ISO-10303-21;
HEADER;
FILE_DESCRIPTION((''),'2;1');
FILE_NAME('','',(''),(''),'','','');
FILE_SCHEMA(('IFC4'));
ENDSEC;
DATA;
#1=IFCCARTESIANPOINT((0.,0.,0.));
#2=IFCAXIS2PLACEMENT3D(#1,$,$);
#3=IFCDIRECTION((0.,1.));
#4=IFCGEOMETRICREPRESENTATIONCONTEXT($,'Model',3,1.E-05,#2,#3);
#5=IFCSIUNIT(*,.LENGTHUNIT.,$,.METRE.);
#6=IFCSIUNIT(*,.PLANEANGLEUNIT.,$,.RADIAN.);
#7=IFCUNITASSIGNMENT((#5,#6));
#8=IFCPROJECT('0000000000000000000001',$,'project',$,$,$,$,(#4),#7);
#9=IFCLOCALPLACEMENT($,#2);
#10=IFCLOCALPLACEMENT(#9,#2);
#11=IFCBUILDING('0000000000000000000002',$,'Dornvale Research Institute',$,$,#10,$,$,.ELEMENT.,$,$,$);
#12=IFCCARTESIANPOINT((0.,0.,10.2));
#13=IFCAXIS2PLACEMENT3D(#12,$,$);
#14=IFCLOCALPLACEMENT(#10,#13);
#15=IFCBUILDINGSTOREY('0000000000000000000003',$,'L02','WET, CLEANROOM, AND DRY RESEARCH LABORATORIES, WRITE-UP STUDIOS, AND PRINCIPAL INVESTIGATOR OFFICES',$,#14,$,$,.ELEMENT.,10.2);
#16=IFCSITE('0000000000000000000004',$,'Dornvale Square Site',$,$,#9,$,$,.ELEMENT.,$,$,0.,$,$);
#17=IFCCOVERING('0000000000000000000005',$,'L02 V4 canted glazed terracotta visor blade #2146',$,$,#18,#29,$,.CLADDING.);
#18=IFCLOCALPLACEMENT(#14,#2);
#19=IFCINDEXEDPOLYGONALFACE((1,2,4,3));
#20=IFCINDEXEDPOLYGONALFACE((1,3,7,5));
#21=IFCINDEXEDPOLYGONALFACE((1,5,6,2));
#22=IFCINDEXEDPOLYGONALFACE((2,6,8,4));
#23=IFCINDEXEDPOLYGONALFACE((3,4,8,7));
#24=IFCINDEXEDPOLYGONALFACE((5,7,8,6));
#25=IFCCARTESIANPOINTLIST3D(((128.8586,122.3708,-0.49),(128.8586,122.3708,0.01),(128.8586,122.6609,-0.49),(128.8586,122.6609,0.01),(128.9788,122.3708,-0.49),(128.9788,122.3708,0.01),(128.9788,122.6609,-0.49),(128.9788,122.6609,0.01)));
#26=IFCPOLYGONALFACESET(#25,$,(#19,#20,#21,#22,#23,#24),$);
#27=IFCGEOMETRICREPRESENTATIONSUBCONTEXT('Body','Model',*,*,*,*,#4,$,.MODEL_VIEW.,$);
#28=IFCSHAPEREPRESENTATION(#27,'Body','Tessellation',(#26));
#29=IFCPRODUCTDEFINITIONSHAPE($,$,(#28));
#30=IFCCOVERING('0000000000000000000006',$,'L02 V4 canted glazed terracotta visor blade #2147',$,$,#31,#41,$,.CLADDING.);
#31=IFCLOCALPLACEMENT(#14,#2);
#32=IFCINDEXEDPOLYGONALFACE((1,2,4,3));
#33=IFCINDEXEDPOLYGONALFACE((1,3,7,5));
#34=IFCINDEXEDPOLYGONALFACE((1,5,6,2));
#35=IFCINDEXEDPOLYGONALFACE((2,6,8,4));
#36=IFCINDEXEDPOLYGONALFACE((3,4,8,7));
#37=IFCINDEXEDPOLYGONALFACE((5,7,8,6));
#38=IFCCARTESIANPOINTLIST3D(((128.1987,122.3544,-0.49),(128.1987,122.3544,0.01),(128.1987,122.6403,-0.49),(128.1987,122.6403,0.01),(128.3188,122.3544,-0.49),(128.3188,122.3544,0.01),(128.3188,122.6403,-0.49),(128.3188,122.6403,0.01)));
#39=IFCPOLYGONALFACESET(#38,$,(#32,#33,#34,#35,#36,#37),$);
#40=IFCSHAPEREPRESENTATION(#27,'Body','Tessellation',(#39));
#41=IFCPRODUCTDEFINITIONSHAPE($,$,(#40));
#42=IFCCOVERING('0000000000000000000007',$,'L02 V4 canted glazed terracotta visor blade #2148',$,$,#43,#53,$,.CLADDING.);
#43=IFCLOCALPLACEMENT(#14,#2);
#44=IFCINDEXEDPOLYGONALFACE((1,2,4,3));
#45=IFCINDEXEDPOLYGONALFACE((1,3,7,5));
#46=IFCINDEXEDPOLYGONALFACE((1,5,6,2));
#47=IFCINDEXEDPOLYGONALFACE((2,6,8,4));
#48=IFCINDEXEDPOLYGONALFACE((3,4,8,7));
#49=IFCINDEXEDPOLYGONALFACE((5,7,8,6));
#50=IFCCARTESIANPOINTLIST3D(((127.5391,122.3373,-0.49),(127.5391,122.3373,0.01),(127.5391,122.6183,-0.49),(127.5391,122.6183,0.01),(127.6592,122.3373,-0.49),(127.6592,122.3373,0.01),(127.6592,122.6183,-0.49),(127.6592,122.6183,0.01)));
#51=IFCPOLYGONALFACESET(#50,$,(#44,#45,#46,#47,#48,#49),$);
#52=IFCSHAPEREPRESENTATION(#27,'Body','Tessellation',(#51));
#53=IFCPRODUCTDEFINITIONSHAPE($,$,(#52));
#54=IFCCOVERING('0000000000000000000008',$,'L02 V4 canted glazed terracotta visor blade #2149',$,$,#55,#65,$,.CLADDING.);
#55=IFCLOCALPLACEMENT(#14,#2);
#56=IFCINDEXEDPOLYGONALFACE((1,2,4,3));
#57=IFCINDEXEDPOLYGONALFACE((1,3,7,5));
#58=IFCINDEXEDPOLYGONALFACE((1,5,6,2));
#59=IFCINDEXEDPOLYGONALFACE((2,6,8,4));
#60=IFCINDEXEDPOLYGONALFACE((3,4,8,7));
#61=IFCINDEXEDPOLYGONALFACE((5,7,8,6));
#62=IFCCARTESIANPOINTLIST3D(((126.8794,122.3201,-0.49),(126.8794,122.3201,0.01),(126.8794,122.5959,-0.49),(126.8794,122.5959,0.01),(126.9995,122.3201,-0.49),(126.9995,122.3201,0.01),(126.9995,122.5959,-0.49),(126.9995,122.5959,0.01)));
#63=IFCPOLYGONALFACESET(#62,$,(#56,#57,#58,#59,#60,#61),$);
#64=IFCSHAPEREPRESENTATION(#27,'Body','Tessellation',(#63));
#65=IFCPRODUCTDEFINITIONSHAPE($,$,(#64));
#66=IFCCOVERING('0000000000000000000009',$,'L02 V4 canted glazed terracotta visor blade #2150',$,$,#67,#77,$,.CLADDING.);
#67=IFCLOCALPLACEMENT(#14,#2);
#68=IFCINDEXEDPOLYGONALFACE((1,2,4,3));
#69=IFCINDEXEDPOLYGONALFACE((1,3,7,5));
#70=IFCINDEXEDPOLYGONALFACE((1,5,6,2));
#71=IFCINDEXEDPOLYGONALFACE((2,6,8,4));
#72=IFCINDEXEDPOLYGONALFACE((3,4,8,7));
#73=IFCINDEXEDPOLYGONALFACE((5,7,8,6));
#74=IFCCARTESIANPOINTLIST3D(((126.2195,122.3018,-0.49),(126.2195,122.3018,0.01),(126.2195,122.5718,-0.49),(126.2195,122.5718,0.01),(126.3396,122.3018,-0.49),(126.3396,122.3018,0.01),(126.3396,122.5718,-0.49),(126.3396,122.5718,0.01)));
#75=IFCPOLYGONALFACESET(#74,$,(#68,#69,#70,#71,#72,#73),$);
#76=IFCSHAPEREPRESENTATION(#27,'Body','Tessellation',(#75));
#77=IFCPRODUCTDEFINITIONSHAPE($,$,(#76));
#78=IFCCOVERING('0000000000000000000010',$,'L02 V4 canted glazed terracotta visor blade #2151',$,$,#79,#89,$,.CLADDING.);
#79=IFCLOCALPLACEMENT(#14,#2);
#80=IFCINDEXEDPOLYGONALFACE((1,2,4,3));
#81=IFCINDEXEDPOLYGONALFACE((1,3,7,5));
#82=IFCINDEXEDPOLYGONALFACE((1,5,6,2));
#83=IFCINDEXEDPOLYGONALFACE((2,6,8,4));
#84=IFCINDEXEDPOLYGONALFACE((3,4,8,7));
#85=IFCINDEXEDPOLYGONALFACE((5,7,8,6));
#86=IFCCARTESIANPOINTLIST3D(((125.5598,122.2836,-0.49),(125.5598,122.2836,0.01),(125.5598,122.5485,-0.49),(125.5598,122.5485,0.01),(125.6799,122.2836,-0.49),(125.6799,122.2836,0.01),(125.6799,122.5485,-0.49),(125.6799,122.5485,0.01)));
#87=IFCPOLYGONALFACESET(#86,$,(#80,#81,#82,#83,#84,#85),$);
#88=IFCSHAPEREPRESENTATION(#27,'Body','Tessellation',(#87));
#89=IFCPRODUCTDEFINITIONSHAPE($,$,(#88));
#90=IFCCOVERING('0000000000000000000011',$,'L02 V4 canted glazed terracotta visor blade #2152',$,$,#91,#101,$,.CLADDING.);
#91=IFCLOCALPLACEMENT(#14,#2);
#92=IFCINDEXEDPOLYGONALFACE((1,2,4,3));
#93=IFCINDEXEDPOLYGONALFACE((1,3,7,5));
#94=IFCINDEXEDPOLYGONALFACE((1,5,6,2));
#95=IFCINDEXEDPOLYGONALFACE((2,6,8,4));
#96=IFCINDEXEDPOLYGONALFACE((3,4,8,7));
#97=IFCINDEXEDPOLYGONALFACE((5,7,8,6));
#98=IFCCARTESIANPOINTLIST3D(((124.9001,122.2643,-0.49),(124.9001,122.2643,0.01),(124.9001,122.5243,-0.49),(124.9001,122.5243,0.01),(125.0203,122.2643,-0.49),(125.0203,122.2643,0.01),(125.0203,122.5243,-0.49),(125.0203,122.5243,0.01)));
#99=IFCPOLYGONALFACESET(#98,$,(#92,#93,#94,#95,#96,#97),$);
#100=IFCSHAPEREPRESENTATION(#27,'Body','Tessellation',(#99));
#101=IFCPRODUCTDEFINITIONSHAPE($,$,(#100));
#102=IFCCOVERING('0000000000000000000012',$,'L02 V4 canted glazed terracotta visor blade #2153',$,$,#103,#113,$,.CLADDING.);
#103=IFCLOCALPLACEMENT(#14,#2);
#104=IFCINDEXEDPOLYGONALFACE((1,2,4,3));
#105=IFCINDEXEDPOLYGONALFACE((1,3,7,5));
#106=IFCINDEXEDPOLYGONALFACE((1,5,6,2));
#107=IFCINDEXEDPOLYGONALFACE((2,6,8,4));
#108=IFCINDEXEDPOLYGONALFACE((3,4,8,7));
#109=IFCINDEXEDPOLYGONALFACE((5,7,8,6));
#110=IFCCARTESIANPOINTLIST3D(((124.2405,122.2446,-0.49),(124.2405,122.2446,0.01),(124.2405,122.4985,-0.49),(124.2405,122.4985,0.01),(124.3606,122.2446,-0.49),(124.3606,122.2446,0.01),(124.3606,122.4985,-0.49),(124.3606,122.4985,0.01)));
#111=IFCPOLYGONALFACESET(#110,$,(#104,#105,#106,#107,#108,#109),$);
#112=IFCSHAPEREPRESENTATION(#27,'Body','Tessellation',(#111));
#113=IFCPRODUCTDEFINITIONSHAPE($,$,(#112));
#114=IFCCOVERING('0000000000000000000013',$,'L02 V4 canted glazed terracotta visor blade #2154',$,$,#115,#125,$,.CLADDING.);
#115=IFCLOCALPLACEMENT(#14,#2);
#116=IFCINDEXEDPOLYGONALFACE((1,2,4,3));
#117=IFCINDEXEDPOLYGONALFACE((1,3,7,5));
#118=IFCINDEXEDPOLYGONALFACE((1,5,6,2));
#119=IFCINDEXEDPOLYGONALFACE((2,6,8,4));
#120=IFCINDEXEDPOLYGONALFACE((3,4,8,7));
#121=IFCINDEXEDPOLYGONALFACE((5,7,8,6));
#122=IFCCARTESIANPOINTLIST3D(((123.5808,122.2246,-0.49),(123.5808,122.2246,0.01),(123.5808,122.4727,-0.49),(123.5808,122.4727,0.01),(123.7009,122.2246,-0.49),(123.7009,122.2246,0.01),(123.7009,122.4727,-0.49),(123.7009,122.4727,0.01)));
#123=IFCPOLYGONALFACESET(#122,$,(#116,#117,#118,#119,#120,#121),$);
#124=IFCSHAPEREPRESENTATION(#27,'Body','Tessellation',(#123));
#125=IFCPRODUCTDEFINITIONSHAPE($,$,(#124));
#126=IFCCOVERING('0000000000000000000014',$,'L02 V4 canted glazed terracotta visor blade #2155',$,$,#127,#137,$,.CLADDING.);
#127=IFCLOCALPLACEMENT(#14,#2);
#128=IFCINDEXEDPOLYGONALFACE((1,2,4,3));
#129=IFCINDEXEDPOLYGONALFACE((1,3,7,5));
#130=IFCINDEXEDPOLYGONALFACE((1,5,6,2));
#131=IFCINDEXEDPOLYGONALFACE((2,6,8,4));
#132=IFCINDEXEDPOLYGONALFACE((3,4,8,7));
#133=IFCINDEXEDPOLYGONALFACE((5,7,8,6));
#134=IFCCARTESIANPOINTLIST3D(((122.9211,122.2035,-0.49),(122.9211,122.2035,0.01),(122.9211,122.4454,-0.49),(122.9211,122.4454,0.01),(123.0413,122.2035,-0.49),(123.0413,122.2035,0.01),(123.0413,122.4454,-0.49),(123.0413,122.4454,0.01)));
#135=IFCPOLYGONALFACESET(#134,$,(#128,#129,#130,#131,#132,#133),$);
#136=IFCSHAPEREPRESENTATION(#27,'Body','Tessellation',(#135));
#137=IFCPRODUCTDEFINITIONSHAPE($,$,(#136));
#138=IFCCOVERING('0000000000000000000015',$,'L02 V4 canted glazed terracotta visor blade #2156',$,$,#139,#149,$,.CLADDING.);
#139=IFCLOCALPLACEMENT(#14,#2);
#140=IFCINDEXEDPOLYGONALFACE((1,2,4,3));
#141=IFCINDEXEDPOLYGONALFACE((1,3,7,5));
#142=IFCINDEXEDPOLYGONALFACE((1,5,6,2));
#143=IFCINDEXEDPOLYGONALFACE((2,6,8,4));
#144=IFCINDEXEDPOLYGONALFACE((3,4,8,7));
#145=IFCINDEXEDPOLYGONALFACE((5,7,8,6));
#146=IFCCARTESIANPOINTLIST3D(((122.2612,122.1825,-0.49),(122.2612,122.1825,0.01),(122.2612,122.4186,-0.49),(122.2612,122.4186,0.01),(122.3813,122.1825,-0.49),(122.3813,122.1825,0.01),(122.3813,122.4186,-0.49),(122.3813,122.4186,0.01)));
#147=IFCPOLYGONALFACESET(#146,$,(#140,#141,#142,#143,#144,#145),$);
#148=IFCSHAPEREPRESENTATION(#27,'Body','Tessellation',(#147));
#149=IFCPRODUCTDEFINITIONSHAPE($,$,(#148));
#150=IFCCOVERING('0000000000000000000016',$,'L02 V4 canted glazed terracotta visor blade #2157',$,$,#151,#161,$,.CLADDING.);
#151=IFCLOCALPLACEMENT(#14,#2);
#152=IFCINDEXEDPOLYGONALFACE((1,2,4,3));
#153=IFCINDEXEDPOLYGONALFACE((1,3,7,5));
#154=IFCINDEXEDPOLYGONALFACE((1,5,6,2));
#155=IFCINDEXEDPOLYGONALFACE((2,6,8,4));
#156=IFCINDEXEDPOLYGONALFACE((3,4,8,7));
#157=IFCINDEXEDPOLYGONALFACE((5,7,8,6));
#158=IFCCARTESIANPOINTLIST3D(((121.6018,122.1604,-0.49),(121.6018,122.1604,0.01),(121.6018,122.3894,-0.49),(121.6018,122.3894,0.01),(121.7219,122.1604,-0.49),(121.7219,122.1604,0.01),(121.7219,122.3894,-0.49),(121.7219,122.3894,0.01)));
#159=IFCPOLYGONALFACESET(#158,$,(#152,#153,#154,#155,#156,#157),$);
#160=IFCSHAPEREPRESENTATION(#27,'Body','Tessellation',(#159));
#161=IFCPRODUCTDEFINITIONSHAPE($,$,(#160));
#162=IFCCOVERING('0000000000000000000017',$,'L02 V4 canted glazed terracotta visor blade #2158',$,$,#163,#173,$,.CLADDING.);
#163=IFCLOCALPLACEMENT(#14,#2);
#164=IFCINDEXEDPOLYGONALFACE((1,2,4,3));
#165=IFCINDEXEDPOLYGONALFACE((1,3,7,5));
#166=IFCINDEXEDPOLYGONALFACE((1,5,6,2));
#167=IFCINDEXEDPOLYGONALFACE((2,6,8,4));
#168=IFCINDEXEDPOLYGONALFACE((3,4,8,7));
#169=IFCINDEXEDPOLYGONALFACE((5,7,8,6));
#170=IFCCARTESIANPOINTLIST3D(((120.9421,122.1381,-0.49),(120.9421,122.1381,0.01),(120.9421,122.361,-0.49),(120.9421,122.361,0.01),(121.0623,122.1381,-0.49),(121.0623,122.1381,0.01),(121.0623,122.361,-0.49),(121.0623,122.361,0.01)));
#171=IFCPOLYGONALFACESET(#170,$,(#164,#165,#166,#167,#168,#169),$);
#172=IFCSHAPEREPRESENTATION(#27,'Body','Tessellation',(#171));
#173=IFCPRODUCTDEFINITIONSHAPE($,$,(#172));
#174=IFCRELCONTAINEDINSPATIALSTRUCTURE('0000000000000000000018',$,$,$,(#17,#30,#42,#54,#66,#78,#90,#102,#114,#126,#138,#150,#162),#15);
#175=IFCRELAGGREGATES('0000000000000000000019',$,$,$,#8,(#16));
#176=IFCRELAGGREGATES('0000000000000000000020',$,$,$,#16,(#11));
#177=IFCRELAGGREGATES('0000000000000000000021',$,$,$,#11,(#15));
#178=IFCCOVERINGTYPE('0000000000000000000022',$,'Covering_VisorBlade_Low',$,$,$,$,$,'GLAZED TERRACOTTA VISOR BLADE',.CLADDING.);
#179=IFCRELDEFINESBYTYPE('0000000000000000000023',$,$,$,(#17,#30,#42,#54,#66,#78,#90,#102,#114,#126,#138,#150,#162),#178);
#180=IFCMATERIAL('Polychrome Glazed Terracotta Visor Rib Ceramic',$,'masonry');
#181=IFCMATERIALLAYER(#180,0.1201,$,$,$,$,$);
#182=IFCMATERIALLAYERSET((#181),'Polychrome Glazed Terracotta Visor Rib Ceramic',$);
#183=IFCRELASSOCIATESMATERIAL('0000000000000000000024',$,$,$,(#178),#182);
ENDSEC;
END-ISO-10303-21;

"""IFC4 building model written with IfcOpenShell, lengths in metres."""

from ifc_helpers import new_model, si_unit, direction, frame, origin, origin_2d, place, context, subcontext, project, spatial, rectangle, extrude, material, layer, layer_set, type_object, element, save


model = new_model("IFC4")

# Units and contexts
model_context = context("Model", 3, precision=1e-05, world=origin(), true_north=direction((0.0, 1.0)))
body_context = subcontext(model_context, "Body", "Model", "MODEL_VIEW")
ifc_project = project(units=[si_unit("LENGTHUNIT", "METRE"), si_unit("PLANEANGLEUNIT", "RADIAN")], contexts=[model_context])

# Site, building, storey
site_placement = place(None, origin())
site = spatial("IfcSite", under=ifc_project, at=site_placement, Name="Dornvale Square Site", CompositionType="ELEMENT", RefElevation=0.0)
building_placement = place(site_placement, origin())
building = spatial("IfcBuilding", under=site, at=building_placement, Name="Dornvale Research Institute", CompositionType="ELEMENT")
storey_placement = place(building_placement, frame((0.0, 0.0, 10.2)))
storey = spatial("IfcBuildingStorey", under=building, at=storey_placement, Name="L02", Description="WET, CLEANROOM, AND DRY RESEARCH LABORATORIES, WRITE-UP STUDIOS, AND PRINCIPAL INVESTIGATOR OFFICES", CompositionType="ELEMENT", Elevation=10.2)

# Coverings
ifc_material_1 = material(Name="Polychrome Glazed Terracotta Visor Rib Ceramic", Category="masonry")
ifc_layer_1 = layer(ifc_material_1, 0.1201)
ifc_layer_set_1 = layer_set([ifc_layer_1], Name="Polychrome Glazed Terracotta Visor Rib Ceramic")
covering_type = type_object("IfcCoveringType", Name="Covering_VisorBlade_Low", ElementType="GLAZED TERRACOTTA VISOR BLADE", PredefinedType="CLADDING", material=ifc_layer_set_1)
covering_1_placement = place(storey_placement, frame((128.9187, 122.5159, -0.49), z_axis=(0.0, 0.0, 1.0), x_axis=(0.0, 1.0, 0.0)))
element("IfcCovering", 1, at=covering_1_placement, inside=storey, type_object=covering_type, Name="L02 V4 canted glazed terracotta visor blade #2146", PredefinedType="CLADDING", context=body_context, shape_type="SweptSolid", body=[
    extrude(rectangle(XDim=0.29, YDim=0.1201, at=origin_2d()), origin(), (0.0, 0.0, 1.0), 0.5),
])
covering_2_placement = place(storey_placement, frame((128.2588, 122.4973, -0.49), z_axis=(0.0, 0.0, 1.0), x_axis=(0.0, 1.0, 0.0)))
element("IfcCovering", 2, at=covering_2_placement, inside=storey, type_object=covering_type, Name="L02 V4 canted glazed terracotta visor blade #2147", PredefinedType="CLADDING", context=body_context, shape_type="SweptSolid", body=[
    extrude(rectangle(XDim=0.2859, YDim=0.1201, at=origin_2d()), origin(), (0.0, 0.0, 1.0), 0.5),
])
covering_3_placement = place(storey_placement, frame((127.5991, 122.4778, -0.49), z_axis=(0.0, 0.0, 1.0), x_axis=(0.0, 1.0, 0.0)))
element("IfcCovering", 3, at=covering_3_placement, inside=storey, type_object=covering_type, Name="L02 V4 canted glazed terracotta visor blade #2148", PredefinedType="CLADDING", context=body_context, shape_type="SweptSolid", body=[
    extrude(rectangle(XDim=0.281, YDim=0.1201, at=origin_2d()), origin(), (0.0, 0.0, 1.0), 0.5),
])
covering_4_placement = place(storey_placement, frame((126.9395, 122.458, -0.49), z_axis=(0.0, 0.0, 1.0), x_axis=(0.0, 1.0, 0.0)))
element("IfcCovering", 4, at=covering_4_placement, inside=storey, type_object=covering_type, Name="L02 V4 canted glazed terracotta visor blade #2149", PredefinedType="CLADDING", context=body_context, shape_type="SweptSolid", body=[
    extrude(rectangle(XDim=0.2759, YDim=0.1201, at=origin_2d()), origin(), (0.0, 0.0, 1.0), 0.5),
])
covering_5_placement = place(storey_placement, frame((126.2795, 122.4368, -0.49), z_axis=(0.0, 0.0, 1.0), x_axis=(0.0, 1.0, 0.0)))
element("IfcCovering", 5, at=covering_5_placement, inside=storey, type_object=covering_type, Name="L02 V4 canted glazed terracotta visor blade #2150", PredefinedType="CLADDING", context=body_context, shape_type="SweptSolid", body=[
    extrude(rectangle(XDim=0.27, YDim=0.1201, at=origin_2d()), origin(), (0.0, 0.0, 1.0), 0.5),
])
covering_6_placement = place(storey_placement, frame((125.6199, 122.416, -0.49), z_axis=(0.0, 0.0, 1.0), x_axis=(0.0, 1.0, 0.0)))
element("IfcCovering", 6, at=covering_6_placement, inside=storey, type_object=covering_type, Name="L02 V4 canted glazed terracotta visor blade #2151", PredefinedType="CLADDING", context=body_context, shape_type="SweptSolid", body=[
    extrude(rectangle(XDim=0.2649, YDim=0.1201, at=origin_2d()), origin(), (0.0, 0.0, 1.0), 0.5),
])
covering_7_placement = place(storey_placement, frame((124.9602, 122.3943, -0.49), z_axis=(0.0, 0.0, 1.0), x_axis=(0.0, 1.0, 0.0)))
element("IfcCovering", 7, at=covering_7_placement, inside=storey, type_object=covering_type, Name="L02 V4 canted glazed terracotta visor blade #2152", PredefinedType="CLADDING", context=body_context, shape_type="SweptSolid", body=[
    extrude(rectangle(XDim=0.26, YDim=0.1201, at=origin_2d()), origin(), (0.0, 0.0, 1.0), 0.5),
])
covering_8_placement = place(storey_placement, frame((124.3005, 122.3716, -0.49), z_axis=(0.0, 0.0, 1.0), x_axis=(0.0, 1.0, 0.0)))
element("IfcCovering", 8, at=covering_8_placement, inside=storey, type_object=covering_type, Name="L02 V4 canted glazed terracotta visor blade #2153", PredefinedType="CLADDING", context=body_context, shape_type="SweptSolid", body=[
    extrude(rectangle(XDim=0.2539, YDim=0.1201, at=origin_2d()), origin(), (0.0, 0.0, 1.0), 0.5),
])
covering_9_placement = place(storey_placement, frame((123.6409, 122.3486, -0.49), z_axis=(0.0, 0.0, 1.0), x_axis=(0.0, 1.0, 0.0)))
element("IfcCovering", 9, at=covering_9_placement, inside=storey, type_object=covering_type, Name="L02 V4 canted glazed terracotta visor blade #2154", PredefinedType="CLADDING", context=body_context, shape_type="SweptSolid", body=[
    extrude(rectangle(XDim=0.248, YDim=0.1201, at=origin_2d()), origin(), (0.0, 0.0, 1.0), 0.5),
])
covering_10_placement = place(storey_placement, frame((122.9812, 122.3245, -0.49), z_axis=(0.0, 0.0, 1.0), x_axis=(0.0, 1.0, 0.0)))
element("IfcCovering", 10, at=covering_10_placement, inside=storey, type_object=covering_type, Name="L02 V4 canted glazed terracotta visor blade #2155", PredefinedType="CLADDING", context=body_context, shape_type="SweptSolid", body=[
    extrude(rectangle(XDim=0.2419, YDim=0.1201, at=origin_2d()), origin(), (0.0, 0.0, 1.0), 0.5),
])
covering_11_placement = place(storey_placement, frame((122.3213, 122.3005, -0.49), z_axis=(0.0, 0.0, 1.0), x_axis=(0.0, 1.0, 0.0)))
element("IfcCovering", 11, at=covering_11_placement, inside=storey, type_object=covering_type, Name="L02 V4 canted glazed terracotta visor blade #2156", PredefinedType="CLADDING", context=body_context, shape_type="SweptSolid", body=[
    extrude(rectangle(XDim=0.2361, YDim=0.1201, at=origin_2d()), origin(), (0.0, 0.0, 1.0), 0.5),
])
covering_12_placement = place(storey_placement, frame((121.6619, 122.2749, -0.49), z_axis=(0.0, 0.0, 1.0), x_axis=(0.0, 1.0, 0.0)))
element("IfcCovering", 12, at=covering_12_placement, inside=storey, type_object=covering_type, Name="L02 V4 canted glazed terracotta visor blade #2157", PredefinedType="CLADDING", context=body_context, shape_type="SweptSolid", body=[
    extrude(rectangle(XDim=0.229, YDim=0.1201, at=origin_2d()), origin(), (0.0, 0.0, 1.0), 0.5),
])
covering_13_placement = place(storey_placement, frame((121.0022, 122.2495, -0.49), z_axis=(0.0, 0.0, 1.0), x_axis=(0.0, 1.0, 0.0)))
element("IfcCovering", 13, at=covering_13_placement, inside=storey, type_object=covering_type, Name="L02 V4 canted glazed terracotta visor blade #2158", PredefinedType="CLADDING", context=body_context, shape_type="SweptSolid", body=[
    extrude(rectangle(XDim=0.2229, YDim=0.1201, at=origin_2d()), origin(), (0.0, 0.0, 1.0), 0.5),
])

save(model, "model.ifc")
